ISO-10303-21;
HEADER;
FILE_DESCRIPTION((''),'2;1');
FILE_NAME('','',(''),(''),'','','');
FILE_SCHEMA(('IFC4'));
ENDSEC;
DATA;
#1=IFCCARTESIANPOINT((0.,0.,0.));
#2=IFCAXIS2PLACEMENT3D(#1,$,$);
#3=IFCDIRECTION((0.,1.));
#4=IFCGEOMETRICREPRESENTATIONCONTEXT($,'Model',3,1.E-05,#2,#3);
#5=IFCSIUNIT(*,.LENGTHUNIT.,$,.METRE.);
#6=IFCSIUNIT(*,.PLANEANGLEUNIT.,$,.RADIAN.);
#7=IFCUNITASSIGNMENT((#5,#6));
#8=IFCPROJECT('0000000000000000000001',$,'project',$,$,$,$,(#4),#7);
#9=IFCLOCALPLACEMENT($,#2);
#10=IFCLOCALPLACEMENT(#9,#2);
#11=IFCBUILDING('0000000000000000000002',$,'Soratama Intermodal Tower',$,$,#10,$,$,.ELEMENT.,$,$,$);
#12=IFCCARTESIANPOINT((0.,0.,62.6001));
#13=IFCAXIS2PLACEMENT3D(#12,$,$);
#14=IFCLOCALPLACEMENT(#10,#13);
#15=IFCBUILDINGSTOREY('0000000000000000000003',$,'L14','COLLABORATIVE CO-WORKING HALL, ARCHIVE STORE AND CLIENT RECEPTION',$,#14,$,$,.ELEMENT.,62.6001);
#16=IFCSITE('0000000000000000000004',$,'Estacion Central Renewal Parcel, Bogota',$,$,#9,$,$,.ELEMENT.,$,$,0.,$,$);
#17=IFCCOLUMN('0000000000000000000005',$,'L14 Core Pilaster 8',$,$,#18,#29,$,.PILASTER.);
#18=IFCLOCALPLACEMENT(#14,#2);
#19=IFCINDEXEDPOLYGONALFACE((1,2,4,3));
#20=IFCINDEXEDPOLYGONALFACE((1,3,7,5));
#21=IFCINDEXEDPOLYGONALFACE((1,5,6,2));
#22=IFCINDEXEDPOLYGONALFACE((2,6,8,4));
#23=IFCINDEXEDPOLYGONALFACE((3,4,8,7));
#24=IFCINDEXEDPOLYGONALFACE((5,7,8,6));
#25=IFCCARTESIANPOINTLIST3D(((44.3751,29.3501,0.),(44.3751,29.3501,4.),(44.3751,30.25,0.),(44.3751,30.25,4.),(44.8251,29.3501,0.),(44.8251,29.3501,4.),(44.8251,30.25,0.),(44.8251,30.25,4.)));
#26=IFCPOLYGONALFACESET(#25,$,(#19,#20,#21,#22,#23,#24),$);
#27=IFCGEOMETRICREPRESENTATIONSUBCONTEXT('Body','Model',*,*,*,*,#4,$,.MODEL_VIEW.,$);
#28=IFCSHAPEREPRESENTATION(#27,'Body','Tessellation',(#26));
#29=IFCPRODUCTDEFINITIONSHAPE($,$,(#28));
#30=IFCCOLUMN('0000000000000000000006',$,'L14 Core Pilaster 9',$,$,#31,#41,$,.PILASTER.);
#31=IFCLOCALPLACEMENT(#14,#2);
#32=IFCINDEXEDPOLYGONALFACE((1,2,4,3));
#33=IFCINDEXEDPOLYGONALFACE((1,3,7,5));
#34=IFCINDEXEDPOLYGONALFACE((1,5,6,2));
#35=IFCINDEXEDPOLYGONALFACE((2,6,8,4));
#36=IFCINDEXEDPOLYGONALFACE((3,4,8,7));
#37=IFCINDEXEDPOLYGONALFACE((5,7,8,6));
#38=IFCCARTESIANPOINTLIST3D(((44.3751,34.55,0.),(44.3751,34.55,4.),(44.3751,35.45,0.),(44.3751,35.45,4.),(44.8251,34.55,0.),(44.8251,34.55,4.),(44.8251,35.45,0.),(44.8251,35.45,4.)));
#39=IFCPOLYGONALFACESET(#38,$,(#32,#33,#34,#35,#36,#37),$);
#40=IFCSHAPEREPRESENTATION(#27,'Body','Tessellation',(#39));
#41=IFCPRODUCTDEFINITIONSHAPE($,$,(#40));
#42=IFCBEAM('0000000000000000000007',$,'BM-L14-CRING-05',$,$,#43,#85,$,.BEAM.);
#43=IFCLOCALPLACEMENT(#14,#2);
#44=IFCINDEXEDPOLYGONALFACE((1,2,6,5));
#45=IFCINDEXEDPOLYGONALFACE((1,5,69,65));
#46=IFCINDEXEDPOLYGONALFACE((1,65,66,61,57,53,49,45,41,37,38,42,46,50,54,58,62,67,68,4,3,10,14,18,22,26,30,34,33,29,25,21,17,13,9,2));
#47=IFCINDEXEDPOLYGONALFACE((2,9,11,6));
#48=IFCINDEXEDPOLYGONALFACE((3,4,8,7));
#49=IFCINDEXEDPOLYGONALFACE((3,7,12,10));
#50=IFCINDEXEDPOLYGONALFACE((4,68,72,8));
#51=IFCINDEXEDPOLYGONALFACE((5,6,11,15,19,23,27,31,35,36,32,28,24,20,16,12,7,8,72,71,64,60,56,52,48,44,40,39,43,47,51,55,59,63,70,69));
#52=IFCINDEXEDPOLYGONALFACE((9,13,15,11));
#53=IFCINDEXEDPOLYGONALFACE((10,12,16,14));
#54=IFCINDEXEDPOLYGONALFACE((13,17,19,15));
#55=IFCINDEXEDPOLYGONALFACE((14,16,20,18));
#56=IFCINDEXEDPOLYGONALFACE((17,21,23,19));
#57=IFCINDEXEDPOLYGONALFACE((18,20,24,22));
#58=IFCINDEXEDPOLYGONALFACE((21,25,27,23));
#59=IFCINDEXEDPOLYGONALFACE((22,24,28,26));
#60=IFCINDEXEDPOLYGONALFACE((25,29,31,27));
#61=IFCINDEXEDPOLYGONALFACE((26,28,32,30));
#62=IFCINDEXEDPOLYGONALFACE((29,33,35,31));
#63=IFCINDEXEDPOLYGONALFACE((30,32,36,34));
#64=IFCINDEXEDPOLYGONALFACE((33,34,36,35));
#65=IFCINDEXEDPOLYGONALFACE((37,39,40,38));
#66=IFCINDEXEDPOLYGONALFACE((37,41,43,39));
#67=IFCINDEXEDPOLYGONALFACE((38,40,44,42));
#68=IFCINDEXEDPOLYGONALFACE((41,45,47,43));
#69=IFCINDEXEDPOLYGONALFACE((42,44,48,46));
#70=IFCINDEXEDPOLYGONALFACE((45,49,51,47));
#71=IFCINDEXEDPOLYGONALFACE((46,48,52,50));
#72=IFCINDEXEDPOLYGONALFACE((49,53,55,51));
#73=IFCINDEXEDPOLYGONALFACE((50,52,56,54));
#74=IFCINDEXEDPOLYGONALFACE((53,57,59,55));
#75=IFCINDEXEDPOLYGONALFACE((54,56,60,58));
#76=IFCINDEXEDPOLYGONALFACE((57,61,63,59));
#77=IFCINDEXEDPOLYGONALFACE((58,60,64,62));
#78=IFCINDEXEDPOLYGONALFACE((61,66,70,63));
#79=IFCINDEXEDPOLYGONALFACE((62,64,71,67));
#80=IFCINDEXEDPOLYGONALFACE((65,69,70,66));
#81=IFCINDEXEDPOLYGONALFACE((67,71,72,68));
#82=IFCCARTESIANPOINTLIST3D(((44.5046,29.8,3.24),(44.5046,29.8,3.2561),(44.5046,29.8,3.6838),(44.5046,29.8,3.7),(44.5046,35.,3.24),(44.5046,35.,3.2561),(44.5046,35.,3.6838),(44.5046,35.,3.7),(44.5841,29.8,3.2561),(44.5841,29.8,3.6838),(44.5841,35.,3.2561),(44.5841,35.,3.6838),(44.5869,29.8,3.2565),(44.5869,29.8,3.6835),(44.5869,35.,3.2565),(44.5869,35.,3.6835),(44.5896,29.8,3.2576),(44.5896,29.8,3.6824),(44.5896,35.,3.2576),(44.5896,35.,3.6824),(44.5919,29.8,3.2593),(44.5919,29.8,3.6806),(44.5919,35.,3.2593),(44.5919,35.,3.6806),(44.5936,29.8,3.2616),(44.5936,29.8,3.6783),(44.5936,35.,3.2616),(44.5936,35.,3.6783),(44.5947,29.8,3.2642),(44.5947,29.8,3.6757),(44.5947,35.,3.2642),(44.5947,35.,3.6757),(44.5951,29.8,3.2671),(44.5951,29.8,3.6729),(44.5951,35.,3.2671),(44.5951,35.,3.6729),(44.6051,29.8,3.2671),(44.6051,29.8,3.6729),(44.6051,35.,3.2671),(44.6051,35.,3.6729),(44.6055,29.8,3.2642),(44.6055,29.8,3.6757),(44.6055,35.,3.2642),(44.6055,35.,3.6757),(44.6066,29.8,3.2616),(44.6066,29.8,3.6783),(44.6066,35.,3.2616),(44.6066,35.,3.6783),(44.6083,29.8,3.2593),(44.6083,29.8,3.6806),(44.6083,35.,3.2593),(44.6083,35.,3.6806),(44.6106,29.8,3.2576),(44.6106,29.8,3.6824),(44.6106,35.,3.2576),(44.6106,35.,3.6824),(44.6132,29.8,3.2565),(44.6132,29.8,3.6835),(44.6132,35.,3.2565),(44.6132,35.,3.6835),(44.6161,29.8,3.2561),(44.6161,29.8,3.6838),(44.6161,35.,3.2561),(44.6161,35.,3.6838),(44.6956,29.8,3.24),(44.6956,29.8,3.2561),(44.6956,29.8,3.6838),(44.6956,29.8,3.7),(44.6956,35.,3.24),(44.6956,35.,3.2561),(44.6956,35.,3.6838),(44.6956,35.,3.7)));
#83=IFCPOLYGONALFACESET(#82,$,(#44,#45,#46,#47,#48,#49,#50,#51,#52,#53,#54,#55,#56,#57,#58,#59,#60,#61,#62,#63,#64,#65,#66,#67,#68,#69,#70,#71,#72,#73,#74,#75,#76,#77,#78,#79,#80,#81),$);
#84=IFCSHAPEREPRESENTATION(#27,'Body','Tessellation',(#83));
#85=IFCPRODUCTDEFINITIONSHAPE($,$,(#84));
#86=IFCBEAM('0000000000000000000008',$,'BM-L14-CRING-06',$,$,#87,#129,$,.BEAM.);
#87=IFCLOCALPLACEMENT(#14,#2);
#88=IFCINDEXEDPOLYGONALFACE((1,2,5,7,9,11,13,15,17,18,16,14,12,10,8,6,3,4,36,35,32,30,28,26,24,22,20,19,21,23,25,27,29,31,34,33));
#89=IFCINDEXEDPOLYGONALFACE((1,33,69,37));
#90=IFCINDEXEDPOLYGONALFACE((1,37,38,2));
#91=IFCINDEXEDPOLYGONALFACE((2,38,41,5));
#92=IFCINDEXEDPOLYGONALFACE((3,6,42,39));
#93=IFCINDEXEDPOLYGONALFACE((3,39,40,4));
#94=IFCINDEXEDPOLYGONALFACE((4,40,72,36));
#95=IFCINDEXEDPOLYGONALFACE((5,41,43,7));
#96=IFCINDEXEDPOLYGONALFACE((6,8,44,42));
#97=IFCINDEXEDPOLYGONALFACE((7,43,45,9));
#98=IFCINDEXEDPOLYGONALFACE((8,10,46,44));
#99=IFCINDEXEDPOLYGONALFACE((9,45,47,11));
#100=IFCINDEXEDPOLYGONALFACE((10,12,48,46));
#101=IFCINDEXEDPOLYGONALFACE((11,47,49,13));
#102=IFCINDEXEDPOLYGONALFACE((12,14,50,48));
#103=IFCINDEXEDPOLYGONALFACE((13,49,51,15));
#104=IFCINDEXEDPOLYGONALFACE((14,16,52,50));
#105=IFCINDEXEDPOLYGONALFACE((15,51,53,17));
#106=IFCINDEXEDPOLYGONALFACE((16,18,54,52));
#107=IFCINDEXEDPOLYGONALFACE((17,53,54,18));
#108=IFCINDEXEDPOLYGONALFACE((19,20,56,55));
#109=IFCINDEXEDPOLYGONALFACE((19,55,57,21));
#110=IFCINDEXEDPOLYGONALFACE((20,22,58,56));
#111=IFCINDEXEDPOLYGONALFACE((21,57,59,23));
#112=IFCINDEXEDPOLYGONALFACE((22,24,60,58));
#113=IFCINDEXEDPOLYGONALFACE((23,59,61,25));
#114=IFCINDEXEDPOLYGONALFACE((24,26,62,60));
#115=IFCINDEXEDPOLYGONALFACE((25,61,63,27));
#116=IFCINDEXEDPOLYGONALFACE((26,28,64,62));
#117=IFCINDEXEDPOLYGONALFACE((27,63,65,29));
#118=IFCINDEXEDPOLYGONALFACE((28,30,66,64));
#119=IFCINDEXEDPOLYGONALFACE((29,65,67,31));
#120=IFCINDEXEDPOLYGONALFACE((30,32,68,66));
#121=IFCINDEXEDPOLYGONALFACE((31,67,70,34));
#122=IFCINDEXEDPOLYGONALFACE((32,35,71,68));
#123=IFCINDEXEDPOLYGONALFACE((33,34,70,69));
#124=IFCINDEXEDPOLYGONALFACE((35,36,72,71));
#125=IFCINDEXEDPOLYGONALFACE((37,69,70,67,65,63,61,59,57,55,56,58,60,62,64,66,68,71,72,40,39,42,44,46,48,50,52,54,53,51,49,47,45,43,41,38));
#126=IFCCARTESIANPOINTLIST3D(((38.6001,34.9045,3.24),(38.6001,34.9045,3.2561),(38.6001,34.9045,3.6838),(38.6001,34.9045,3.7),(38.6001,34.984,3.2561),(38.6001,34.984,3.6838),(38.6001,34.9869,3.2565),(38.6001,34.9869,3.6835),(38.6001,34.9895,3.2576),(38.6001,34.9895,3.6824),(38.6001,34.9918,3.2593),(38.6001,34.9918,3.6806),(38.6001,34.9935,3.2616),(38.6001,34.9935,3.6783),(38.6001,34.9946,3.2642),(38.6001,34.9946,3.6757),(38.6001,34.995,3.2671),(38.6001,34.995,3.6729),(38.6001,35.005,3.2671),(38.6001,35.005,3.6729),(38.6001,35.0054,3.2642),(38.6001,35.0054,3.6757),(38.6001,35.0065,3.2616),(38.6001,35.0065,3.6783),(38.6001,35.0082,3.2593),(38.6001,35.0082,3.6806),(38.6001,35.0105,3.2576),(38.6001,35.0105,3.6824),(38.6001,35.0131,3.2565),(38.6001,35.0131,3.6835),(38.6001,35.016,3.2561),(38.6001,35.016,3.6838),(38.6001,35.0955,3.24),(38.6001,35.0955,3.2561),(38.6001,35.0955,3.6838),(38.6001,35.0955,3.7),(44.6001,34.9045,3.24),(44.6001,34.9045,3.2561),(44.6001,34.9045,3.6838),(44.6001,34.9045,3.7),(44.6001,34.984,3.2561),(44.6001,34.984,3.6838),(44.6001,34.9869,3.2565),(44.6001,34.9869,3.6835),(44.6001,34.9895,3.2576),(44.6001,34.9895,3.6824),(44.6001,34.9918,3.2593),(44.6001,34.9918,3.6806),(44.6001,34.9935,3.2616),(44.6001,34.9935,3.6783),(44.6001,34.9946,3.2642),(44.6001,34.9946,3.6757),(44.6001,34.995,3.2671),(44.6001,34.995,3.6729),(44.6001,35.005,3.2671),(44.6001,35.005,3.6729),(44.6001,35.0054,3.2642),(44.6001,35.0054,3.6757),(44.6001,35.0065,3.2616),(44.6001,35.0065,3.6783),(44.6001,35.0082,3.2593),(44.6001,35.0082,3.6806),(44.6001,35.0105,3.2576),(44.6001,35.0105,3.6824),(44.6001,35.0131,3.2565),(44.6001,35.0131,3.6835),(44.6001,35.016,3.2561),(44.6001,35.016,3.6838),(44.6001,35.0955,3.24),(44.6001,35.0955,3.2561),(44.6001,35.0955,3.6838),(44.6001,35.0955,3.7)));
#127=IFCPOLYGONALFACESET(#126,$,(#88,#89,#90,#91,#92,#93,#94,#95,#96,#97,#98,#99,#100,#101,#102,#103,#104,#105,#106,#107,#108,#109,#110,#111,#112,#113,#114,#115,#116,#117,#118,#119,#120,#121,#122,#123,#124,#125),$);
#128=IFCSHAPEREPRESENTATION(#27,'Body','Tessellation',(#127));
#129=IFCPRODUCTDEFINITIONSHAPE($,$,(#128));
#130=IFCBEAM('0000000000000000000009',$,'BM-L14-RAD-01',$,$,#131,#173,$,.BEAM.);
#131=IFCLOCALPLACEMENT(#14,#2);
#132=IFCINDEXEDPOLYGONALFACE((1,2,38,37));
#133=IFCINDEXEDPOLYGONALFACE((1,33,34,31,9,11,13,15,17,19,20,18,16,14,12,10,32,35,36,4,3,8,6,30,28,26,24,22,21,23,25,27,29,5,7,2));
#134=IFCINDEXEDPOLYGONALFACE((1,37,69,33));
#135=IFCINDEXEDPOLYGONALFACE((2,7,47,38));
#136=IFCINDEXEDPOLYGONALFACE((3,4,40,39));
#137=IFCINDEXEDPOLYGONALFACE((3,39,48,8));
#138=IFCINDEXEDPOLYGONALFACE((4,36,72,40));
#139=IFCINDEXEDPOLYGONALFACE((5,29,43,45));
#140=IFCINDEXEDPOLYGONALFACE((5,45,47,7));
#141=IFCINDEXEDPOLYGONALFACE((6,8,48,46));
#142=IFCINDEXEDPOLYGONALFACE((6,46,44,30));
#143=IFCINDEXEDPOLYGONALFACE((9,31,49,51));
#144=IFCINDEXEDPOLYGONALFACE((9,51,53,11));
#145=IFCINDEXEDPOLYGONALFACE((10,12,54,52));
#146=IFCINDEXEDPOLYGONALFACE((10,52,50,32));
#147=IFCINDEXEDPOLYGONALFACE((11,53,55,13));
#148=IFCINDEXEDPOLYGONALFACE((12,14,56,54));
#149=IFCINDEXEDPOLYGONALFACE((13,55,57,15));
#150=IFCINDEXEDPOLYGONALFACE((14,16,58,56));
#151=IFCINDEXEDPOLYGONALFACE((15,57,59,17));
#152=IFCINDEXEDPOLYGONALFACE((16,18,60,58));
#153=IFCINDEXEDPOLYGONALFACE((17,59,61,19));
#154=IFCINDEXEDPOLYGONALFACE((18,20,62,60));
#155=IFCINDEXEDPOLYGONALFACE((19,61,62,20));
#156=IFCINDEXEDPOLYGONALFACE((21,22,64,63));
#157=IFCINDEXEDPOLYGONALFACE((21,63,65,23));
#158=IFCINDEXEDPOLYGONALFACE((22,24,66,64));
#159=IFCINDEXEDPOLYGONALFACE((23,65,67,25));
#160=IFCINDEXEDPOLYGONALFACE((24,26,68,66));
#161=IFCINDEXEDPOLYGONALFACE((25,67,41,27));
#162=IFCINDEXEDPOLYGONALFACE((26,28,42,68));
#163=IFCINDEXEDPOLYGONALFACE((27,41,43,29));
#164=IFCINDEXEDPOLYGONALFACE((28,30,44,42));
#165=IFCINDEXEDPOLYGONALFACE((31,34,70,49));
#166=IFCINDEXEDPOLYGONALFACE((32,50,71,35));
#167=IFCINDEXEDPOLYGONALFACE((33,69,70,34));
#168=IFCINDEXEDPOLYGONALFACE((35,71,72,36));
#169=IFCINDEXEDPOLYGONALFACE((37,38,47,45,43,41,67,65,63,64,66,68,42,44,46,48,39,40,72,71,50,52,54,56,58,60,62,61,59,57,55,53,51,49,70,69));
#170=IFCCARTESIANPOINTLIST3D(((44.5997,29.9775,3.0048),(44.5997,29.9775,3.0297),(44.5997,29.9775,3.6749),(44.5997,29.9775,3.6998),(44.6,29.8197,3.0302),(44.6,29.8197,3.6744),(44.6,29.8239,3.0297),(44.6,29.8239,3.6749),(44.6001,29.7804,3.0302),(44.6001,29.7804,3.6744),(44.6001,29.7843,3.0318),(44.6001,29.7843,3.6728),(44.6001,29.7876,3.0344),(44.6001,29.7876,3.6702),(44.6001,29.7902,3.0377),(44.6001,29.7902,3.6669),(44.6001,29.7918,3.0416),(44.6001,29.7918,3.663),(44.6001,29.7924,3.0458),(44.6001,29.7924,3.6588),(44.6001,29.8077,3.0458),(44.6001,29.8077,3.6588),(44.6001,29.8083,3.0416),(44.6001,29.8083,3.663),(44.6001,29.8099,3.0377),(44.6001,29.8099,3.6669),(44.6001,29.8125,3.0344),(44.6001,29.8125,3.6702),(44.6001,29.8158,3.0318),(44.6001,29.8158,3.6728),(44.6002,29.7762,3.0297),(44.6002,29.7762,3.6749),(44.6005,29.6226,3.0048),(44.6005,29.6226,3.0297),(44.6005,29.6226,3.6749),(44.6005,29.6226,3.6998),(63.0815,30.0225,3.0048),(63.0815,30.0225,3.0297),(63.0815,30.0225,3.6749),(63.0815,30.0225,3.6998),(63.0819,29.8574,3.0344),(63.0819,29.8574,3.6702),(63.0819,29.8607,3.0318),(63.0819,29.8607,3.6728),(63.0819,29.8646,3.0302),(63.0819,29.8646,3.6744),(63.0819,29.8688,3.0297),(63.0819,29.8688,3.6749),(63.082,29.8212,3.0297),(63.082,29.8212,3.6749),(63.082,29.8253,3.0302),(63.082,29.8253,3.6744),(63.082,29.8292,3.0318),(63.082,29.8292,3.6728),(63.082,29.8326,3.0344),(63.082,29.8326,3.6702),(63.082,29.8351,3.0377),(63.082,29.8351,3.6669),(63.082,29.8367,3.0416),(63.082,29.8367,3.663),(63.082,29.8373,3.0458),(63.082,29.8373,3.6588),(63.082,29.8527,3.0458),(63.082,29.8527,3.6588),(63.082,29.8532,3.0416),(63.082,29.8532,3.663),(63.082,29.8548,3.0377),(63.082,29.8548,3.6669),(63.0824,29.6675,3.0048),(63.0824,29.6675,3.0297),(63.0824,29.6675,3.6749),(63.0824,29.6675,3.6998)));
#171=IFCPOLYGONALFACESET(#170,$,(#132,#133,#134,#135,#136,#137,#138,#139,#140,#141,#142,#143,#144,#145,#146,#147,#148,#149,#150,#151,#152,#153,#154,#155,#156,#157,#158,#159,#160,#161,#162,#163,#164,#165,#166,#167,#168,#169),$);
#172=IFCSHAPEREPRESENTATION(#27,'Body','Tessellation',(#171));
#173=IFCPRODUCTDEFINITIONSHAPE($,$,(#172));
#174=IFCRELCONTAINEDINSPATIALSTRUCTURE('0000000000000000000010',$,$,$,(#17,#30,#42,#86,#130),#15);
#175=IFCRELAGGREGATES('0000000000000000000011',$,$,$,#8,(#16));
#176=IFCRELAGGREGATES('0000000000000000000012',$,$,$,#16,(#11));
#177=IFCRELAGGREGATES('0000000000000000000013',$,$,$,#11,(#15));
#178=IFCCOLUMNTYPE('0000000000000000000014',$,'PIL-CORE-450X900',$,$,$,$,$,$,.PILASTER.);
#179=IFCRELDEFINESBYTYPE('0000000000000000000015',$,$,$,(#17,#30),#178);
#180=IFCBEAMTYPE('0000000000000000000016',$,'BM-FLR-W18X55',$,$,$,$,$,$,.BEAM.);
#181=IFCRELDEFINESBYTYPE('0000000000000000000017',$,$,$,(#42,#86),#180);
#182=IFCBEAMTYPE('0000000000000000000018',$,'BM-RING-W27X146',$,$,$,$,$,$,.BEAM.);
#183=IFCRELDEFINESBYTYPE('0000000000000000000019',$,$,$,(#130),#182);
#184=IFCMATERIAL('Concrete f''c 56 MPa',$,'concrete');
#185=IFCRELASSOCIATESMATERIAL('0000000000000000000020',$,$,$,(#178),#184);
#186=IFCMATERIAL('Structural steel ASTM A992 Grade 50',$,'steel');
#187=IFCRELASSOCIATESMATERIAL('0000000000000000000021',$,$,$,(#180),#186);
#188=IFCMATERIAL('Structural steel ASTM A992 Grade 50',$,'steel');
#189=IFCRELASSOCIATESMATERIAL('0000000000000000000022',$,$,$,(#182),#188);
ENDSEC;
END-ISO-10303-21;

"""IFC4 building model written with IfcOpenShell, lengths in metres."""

from ifc_helpers import new_model, si_unit, direction, frame, origin, origin_2d, place, context, subcontext, project, spatial, rectangle, i_section, extrude, material, material_profile, profile_set, type_object, element, save


model = new_model("IFC4")

# Units and contexts
model_context = context("Model", 3, precision=1e-05, world=origin(), true_north=direction((0.0, 1.0)))
body_context = subcontext(model_context, "Body", "Model", "MODEL_VIEW")
ifc_project = project(units=[si_unit("LENGTHUNIT", "METRE"), si_unit("PLANEANGLEUNIT", "RADIAN")], contexts=[model_context])

# Site, building, storey
site_placement = place(None, origin())
site = spatial("IfcSite", under=ifc_project, at=site_placement, Name="Estacion Central Renewal Parcel, Bogota", CompositionType="ELEMENT", RefElevation=0.0)
building_placement = place(site_placement, origin())
building = spatial("IfcBuilding", under=site, at=building_placement, Name="Soratama Intermodal Tower", CompositionType="ELEMENT")
storey_placement = place(building_placement, frame((0.0, 0.0, 62.6001)))
storey = spatial("IfcBuildingStorey", under=building, at=storey_placement, Name="L14", Description="COLLABORATIVE CO-WORKING HALL, ARCHIVE STORE AND CLIENT RECEPTION", CompositionType="ELEMENT", Elevation=62.6001)

# Columns
ifc_material_1 = material(Name="Concrete f'c 56 MPa", Category="concrete")
ifc_material_profile_1 = material_profile(ifc_material_1, rectangle(XDim=0.45, YDim=0.8999, at=origin_2d()), Name="RC450X900")
ifc_profile_set_1 = profile_set([ifc_material_profile_1], Name="Concrete f'c 56 MPa")
column_type = type_object("IfcColumnType", Name="PIL-CORE-450X900", PredefinedType="PILASTER", material=ifc_profile_set_1)
for number, where, z_axis, x_axis, name in (
    (1, (44.6001, 29.8, 0.0), (0.0, 0.0, 1.0), (1.0, 0.0, 0.0), "L14 Core Pilaster 8"),
    (2, (44.6001, 35.0, 0.0), (0.0, 0.0, 1.0), (1.0, 0.0, 0.0), "L14 Core Pilaster 9"),
):
    element("IfcColumn", number, at=place(storey_placement, frame(where, z_axis=z_axis, x_axis=x_axis)), inside=storey, type_object=column_type, Name=name, PredefinedType="PILASTER", context=body_context, shape_type="SweptSolid", body=[
        extrude(rectangle(XDim=0.45, YDim=0.8999, at=origin_2d()), origin(), (0.0, 0.0, 1.0), 4.0),
    ])

# Beams
ifc_material_2 = material(Name="Structural steel ASTM A992 Grade 50", Category="steel")
ifc_material_profile_2 = material_profile(ifc_material_2, i_section(OverallWidth=0.1909, OverallDepth=0.46, WebThickness=0.01, FlangeThickness=0.0161, FilletRadius=0.011, at=origin_2d()), Name="W18X55")
ifc_profile_set_2 = profile_set([ifc_material_profile_2], Name="Structural steel ASTM A992 Grade 50")
beam_type_1 = type_object("IfcBeamType", Name="BM-FLR-W18X55", PredefinedType="BEAM", material=ifc_profile_set_2)
beam_1_placement = place(storey_placement, frame((44.6001, 29.8, 3.47), z_axis=(0.0, 1.0, 0.0), x_axis=(-1.0, 0.0, 0.0)))
element("IfcBeam", 3, at=beam_1_placement, inside=storey, type_object=beam_type_1, Name="BM-L14-CRING-05", PredefinedType="BEAM", context=body_context, shape_type="SweptSolid", body=[
    extrude(i_section(OverallWidth=0.1909, OverallDepth=0.46, WebThickness=0.01, FlangeThickness=0.0161, FilletRadius=0.011, at=origin_2d()), origin(), (0.0, 0.0, 1.0), 5.2),
])
beam_2_placement = place(storey_placement, frame((44.6001, 35.0, 3.47), z_axis=(-1.0, 0.0, 0.0), x_axis=(0.0, -1.0, 0.0)))
element("IfcBeam", 4, at=beam_2_placement, inside=storey, type_object=beam_type_1, Name="BM-L14-CRING-06", PredefinedType="BEAM", context=body_context, shape_type="SweptSolid", body=[
    extrude(i_section(OverallWidth=0.1909, OverallDepth=0.46, WebThickness=0.01, FlangeThickness=0.0161, FilletRadius=0.011, at=origin_2d()), origin(), (0.0, 0.0, 1.0), 6.0),
])
ifc_material_3 = material(Name="Structural steel ASTM A992 Grade 50", Category="steel")
ifc_material_profile_3 = material_profile(ifc_material_3, i_section(OverallWidth=0.355, OverallDepth=0.6951, WebThickness=0.0154, FlangeThickness=0.0249, FilletRadius=0.0161, at=origin_2d()), Name="W27X146")
ifc_profile_set_3 = profile_set([ifc_material_profile_3], Name="Structural steel ASTM A992 Grade 50")
beam_type_2 = type_object("IfcBeamType", Name="BM-RING-W27X146", PredefinedType="BEAM", material=ifc_profile_set_3)
beam_3_placement = place(storey_placement, frame((44.6001, 29.8, 3.3523), z_axis=(0.999997, 0.002431, 0.0), x_axis=(-0.002431, 0.999997, 0.0)))
element("IfcBeam", 5, at=beam_3_placement, inside=storey, type_object=beam_type_2, Name="BM-L14-RAD-01", PredefinedType="BEAM", context=body_context, shape_type="SweptSolid", body=[
    extrude(i_section(OverallWidth=0.355, OverallDepth=0.6951, WebThickness=0.0154, FlangeThickness=0.0249, FilletRadius=0.0161, at=origin_2d()), origin(), (0.0, 0.0, 1.0), 18.4819),
])

save(model, "model.ifc")
